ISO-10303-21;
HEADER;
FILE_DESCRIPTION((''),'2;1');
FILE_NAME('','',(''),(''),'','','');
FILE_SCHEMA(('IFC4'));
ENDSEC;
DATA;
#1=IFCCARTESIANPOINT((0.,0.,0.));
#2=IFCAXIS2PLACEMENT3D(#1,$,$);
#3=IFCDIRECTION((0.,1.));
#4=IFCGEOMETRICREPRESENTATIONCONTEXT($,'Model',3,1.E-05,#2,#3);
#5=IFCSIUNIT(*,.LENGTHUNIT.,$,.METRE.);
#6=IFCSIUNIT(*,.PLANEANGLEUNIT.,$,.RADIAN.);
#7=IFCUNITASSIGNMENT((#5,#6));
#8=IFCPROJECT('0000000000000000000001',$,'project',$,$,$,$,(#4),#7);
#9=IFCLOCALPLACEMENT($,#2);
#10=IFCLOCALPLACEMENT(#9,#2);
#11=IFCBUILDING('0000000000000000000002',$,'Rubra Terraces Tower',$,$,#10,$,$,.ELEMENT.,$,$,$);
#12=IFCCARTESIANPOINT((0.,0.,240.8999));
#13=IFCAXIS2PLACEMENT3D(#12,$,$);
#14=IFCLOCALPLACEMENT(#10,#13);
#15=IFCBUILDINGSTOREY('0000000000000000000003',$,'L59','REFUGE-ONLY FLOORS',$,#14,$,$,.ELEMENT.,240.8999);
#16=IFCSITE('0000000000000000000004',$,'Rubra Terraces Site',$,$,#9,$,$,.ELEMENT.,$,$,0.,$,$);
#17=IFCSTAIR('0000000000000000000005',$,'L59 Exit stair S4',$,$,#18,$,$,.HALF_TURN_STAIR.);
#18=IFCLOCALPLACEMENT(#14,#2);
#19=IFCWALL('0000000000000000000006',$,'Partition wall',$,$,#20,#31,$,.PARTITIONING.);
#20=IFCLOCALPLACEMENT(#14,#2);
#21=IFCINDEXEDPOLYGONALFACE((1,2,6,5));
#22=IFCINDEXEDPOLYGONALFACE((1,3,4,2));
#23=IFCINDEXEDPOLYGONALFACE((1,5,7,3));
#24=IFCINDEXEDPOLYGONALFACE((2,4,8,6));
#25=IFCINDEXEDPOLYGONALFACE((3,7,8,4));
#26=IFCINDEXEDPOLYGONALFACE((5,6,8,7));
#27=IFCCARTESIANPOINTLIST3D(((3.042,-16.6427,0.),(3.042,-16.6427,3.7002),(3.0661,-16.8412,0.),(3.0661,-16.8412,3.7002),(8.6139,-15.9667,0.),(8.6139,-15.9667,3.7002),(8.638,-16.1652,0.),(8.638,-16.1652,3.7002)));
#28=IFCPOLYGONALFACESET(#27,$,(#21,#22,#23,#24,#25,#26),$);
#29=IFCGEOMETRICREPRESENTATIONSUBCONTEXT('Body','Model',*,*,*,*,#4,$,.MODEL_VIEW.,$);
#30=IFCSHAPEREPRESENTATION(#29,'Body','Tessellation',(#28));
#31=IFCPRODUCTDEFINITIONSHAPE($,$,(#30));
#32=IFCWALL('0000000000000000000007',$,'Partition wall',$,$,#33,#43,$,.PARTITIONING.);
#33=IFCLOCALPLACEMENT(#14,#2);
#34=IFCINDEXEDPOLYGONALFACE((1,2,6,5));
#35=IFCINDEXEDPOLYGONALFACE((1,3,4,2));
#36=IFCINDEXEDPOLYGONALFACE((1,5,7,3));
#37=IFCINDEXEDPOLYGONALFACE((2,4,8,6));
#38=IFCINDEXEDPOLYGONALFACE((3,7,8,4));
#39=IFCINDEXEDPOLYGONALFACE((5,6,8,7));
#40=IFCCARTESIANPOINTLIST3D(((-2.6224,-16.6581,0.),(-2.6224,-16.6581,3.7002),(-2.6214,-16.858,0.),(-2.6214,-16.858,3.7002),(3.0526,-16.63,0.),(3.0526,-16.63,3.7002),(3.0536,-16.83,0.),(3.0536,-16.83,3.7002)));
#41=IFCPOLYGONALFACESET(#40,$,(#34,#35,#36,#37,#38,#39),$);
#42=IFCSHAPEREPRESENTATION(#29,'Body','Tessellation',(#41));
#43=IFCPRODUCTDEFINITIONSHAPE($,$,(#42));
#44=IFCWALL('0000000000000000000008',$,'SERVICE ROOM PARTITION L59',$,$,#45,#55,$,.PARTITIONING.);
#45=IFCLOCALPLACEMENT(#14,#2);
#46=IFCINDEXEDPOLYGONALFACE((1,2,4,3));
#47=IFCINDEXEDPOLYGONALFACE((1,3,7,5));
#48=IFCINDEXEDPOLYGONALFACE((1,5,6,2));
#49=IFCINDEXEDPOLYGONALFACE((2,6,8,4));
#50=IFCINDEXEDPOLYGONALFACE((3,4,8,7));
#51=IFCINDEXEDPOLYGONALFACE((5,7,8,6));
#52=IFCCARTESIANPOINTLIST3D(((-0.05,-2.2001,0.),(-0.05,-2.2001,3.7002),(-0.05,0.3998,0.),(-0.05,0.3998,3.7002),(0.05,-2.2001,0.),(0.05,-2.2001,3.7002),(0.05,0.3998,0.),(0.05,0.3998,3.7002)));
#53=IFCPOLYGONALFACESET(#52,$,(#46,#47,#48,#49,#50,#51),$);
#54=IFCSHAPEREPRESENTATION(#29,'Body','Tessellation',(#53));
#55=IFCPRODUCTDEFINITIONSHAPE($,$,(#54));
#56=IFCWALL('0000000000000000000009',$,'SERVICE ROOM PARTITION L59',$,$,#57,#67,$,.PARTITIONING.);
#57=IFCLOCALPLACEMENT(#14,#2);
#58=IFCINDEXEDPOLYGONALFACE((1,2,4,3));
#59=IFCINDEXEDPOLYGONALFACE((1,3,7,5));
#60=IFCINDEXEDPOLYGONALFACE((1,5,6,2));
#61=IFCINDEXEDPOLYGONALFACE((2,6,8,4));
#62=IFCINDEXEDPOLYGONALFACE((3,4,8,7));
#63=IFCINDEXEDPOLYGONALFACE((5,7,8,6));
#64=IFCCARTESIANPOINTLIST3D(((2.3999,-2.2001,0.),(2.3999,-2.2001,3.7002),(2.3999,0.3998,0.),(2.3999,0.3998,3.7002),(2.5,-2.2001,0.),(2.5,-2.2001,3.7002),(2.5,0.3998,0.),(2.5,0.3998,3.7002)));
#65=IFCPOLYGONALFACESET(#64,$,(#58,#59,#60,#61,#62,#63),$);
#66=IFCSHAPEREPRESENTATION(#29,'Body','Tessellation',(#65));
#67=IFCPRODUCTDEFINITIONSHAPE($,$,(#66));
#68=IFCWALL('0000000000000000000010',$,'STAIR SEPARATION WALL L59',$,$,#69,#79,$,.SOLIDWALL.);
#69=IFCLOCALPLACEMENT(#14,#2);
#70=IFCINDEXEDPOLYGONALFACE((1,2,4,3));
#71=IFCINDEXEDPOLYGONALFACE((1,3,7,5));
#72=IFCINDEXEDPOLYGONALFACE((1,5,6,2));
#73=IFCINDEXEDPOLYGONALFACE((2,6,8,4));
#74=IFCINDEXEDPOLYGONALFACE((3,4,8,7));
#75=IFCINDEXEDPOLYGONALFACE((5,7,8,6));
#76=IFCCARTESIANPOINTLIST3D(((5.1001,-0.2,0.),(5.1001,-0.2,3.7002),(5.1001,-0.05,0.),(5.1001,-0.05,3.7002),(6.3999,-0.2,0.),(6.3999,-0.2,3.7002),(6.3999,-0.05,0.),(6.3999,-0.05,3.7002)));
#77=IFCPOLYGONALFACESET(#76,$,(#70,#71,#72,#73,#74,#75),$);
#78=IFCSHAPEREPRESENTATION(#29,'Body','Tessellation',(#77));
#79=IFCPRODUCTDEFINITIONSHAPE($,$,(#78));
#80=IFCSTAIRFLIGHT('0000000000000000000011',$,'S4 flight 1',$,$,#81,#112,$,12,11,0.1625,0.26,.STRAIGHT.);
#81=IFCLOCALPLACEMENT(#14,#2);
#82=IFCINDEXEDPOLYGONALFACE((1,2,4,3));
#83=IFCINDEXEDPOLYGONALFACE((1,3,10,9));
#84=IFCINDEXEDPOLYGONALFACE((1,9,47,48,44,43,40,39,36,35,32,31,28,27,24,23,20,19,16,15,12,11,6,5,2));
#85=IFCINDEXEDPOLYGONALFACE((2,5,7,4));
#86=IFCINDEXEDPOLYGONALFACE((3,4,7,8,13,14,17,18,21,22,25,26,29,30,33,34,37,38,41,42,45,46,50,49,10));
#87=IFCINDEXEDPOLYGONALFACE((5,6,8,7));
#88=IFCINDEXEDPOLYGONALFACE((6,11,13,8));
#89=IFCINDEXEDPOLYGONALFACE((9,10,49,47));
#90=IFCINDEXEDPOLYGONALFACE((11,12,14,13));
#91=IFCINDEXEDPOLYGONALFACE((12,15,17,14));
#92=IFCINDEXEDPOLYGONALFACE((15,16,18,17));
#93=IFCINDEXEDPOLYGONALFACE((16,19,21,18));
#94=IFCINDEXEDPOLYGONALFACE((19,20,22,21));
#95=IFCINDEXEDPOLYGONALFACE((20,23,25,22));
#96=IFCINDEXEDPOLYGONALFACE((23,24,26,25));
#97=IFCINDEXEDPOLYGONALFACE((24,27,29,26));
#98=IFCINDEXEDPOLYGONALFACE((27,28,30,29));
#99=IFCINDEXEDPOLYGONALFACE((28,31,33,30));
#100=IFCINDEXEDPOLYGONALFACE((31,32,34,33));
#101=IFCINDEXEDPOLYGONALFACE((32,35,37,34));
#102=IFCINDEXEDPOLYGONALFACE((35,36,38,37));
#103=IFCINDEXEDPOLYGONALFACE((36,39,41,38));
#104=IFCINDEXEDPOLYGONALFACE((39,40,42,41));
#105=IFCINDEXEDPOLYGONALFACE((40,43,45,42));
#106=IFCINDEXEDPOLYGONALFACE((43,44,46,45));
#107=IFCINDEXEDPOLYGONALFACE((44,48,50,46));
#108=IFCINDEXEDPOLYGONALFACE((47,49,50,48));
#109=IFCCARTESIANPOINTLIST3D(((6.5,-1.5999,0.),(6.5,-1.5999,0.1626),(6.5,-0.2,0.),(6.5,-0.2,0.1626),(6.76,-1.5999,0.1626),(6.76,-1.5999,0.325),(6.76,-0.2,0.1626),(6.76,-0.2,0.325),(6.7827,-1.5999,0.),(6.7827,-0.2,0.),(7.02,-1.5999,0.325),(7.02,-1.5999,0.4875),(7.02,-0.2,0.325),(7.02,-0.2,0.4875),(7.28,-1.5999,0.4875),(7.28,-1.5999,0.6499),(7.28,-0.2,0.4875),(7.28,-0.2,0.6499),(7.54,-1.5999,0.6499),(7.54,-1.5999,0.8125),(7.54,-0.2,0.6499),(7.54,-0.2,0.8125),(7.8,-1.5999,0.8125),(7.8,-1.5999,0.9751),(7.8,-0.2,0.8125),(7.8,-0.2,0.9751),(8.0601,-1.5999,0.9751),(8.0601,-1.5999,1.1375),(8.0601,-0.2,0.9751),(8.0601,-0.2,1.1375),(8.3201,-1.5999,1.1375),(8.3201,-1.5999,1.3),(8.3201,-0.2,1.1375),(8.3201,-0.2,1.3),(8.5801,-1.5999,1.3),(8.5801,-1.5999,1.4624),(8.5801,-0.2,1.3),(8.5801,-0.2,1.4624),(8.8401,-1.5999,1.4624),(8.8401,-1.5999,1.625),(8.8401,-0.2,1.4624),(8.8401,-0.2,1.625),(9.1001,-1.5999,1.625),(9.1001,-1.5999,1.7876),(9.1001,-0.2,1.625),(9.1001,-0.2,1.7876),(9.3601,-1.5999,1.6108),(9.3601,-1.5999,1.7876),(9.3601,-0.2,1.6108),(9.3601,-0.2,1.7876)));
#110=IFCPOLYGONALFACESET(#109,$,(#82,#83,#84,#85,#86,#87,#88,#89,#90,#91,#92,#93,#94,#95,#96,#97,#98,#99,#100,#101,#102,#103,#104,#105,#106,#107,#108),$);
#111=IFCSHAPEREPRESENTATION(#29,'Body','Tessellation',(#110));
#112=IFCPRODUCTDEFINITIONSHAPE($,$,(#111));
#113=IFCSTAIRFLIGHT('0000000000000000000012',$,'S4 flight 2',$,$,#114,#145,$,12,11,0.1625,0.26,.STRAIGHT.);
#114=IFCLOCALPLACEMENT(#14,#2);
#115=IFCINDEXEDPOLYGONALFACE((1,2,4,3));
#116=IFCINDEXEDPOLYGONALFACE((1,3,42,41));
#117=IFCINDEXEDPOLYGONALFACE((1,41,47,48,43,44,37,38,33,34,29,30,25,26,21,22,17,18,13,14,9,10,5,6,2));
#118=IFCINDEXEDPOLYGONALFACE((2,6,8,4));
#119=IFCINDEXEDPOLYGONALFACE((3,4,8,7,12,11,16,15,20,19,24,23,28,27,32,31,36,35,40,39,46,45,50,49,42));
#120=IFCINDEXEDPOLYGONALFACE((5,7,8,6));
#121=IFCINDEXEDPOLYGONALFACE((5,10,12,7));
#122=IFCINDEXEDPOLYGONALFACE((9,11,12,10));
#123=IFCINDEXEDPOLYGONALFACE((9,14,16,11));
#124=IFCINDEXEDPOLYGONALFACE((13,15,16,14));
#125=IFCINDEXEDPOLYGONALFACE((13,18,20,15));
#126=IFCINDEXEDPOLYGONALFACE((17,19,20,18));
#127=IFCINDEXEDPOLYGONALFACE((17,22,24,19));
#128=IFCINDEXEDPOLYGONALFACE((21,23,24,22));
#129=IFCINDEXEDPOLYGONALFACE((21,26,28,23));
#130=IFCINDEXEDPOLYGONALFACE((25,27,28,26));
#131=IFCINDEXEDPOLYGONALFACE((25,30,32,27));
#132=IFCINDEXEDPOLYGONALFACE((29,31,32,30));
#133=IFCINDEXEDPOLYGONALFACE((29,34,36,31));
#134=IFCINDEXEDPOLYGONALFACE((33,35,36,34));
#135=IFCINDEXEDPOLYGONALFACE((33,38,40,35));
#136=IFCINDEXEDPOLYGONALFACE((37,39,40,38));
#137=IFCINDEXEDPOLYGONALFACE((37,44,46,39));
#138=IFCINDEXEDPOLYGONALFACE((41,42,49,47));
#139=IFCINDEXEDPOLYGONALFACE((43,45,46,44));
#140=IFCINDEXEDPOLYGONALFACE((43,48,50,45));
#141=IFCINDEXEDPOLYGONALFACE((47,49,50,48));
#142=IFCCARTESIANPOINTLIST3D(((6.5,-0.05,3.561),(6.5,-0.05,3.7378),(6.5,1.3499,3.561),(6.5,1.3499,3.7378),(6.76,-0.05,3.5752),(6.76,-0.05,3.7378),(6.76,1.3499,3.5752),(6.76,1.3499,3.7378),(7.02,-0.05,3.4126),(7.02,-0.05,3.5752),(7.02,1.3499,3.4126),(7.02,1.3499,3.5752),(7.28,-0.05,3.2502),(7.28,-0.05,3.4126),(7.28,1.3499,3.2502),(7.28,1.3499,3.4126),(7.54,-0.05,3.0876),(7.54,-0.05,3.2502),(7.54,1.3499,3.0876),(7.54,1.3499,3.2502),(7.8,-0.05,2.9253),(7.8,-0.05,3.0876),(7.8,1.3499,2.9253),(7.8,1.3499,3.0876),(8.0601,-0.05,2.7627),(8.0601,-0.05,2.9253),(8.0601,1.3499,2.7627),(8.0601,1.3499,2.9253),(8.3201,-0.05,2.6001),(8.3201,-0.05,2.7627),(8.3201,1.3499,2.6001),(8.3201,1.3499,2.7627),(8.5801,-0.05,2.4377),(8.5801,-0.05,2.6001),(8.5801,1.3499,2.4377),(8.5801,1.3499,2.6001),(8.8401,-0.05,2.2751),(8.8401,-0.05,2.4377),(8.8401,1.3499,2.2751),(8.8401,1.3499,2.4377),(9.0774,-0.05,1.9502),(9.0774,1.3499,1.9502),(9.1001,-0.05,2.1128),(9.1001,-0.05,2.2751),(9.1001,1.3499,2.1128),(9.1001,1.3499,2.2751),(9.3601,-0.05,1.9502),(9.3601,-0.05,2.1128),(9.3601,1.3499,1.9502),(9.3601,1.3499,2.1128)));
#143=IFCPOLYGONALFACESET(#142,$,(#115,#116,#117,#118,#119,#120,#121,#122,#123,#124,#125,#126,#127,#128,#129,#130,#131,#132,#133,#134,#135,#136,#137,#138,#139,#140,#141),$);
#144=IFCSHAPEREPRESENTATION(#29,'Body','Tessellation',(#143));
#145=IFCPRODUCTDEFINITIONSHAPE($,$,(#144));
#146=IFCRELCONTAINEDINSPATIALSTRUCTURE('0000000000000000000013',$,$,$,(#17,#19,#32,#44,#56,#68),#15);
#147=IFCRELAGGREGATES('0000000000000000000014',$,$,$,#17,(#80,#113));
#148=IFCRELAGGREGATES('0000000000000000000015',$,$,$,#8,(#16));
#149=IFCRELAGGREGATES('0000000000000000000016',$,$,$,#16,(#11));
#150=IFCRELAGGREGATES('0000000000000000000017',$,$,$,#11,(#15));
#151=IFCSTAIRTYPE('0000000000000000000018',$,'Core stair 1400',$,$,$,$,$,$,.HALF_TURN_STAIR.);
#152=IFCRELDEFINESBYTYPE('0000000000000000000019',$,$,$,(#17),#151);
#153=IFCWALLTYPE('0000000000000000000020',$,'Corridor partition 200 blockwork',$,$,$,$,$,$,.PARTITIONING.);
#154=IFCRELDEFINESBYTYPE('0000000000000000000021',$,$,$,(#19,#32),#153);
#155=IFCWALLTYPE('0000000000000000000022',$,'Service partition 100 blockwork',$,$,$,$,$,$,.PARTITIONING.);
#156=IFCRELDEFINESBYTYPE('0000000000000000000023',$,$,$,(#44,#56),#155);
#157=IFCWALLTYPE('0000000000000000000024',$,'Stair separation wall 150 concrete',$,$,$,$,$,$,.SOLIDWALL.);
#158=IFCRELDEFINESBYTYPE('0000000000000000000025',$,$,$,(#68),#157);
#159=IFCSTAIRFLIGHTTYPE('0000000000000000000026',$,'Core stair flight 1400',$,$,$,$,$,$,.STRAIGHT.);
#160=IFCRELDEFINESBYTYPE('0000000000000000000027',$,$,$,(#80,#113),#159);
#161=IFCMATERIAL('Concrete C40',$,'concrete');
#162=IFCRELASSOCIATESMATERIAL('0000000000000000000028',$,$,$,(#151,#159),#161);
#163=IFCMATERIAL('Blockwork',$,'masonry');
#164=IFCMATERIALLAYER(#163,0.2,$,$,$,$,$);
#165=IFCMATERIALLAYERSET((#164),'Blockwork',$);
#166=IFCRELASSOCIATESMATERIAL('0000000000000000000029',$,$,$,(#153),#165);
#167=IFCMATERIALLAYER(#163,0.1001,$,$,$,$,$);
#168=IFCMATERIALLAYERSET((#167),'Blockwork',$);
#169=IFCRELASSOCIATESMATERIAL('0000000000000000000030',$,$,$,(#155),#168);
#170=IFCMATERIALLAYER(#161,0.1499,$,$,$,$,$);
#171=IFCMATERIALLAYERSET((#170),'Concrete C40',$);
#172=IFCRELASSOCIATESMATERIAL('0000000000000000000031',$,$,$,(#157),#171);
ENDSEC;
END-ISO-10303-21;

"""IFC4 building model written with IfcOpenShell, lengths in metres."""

from ifc_helpers import new_model, si_unit, direction, frame, frame_2d, origin, place, context, subcontext, project, spatial, polyline, rectangle, outline, extrude, material, layer, layer_set, type_object, element, aggregate, save


model = new_model("IFC4")

# Units and contexts
model_context = context("Model", 3, precision=1e-05, world=origin(), true_north=direction((0.0, 1.0)))
body_context = subcontext(model_context, "Body", "Model", "MODEL_VIEW")
ifc_project = project(units=[si_unit("LENGTHUNIT", "METRE"), si_unit("PLANEANGLEUNIT", "RADIAN")], contexts=[model_context])

# Site, building, storey
site_placement = place(None, origin())
site = spatial("IfcSite", under=ifc_project, at=site_placement, Name="Rubra Terraces Site", CompositionType="ELEMENT", RefElevation=0.0)
building_placement = place(site_placement, origin())
building = spatial("IfcBuilding", under=site, at=building_placement, Name="Rubra Terraces Tower", CompositionType="ELEMENT")
storey_placement = place(building_placement, frame((0.0, 0.0, 240.8999)))
storey = spatial("IfcBuildingStorey", under=building, at=storey_placement, Name="L59", Description="REFUGE-ONLY FLOORS", CompositionType="ELEMENT", Elevation=240.8999)

# Shared definitions
ifc_material_1 = material(Name="Concrete C40", Category="concrete")

# Stair
stair_type = type_object("IfcStairType", Name="Core stair 1400", PredefinedType="HALF_TURN_STAIR", material=ifc_material_1)
stair_1_placement = place(storey_placement, origin())
stair_1 = element("IfcStair", 1, at=stair_1_placement, inside=storey, type_object=stair_type, Name="L59 Exit stair S4", PredefinedType="HALF_TURN_STAIR")

# Walls
ifc_material_2 = material(Name="Blockwork", Category="masonry")
ifc_layer_1 = layer(ifc_material_2, 0.2)
ifc_layer_set_1 = layer_set([ifc_layer_1], Name="Blockwork")
wall_type_1 = type_object("IfcWallType", Name="Corridor partition 200 blockwork", PredefinedType="PARTITIONING", material=ifc_layer_set_1)
wall_1_placement = place(storey_placement, frame((8.626, -16.0659, 0.0), z_axis=(0.0, 0.0, 1.0), x_axis=(-0.99272, -0.120442, 0.0)))
element("IfcWall", 2, at=wall_1_placement, inside=storey, type_object=wall_type_1, Name="Partition wall", PredefinedType="PARTITIONING", context=body_context, shape_type="SweptSolid", body=[
    extrude(rectangle(XDim=5.6128, YDim=0.2, at=frame_2d((2.8064, 0.0))), origin(), (0.0, 0.0, 1.0), 3.7002),
])
wall_2_placement = place(storey_placement, frame((3.053, -16.73, 0.0), z_axis=(0.0, 0.0, 1.0), x_axis=(-0.999988, -0.004947, 0.0)))
element("IfcWall", 3, at=wall_2_placement, inside=storey, type_object=wall_type_1, Name="Partition wall", PredefinedType="PARTITIONING", context=body_context, shape_type="SweptSolid", body=[
    extrude(rectangle(XDim=5.675, YDim=0.2, at=frame_2d((2.8374, 0.0))), origin(), (0.0, 0.0, 1.0), 3.7002),
])
ifc_layer_2 = layer(ifc_material_2, 0.1001)
ifc_layer_set_2 = layer_set([ifc_layer_2], Name="Blockwork")
wall_type_2 = type_object("IfcWallType", Name="Service partition 100 blockwork", PredefinedType="PARTITIONING", material=ifc_layer_set_2)
for number, where, z_axis, x_axis, name in (
    (4, (0.0, -2.2, 0.0), (0.0, 0.0, 1.0), (0.0, 1.0, 0.0), "SERVICE ROOM PARTITION L59"),
    (5, (2.45, -2.2, 0.0), (0.0, 0.0, 1.0), (0.0, 1.0, 0.0), "SERVICE ROOM PARTITION L59"),
):
    element("IfcWall", number, at=place(storey_placement, frame(where, z_axis=z_axis, x_axis=x_axis)), inside=storey, type_object=wall_type_2, Name=name, PredefinedType="PARTITIONING", context=body_context, shape_type="SweptSolid", body=[
        extrude(rectangle(XDim=2.5999, YDim=0.1001, at=frame_2d((1.2998, 0.0))), origin(), (0.0, 0.0, 1.0), 3.7002),
    ])
ifc_layer_3 = layer(ifc_material_1, 0.1499)
ifc_layer_set_3 = layer_set([ifc_layer_3], Name="Concrete C40")
wall_type_3 = type_object("IfcWallType", Name="Stair separation wall 150 concrete", PredefinedType="SOLIDWALL", material=ifc_layer_set_3)
wall_3_placement = place(storey_placement, frame((6.3999, -0.125, 0.0), z_axis=(0.0, 0.0, 1.0), x_axis=(-1.0, 0.0, 0.0)))
element("IfcWall", 6, at=wall_3_placement, inside=storey, type_object=wall_type_3, Name="STAIR SEPARATION WALL L59", PredefinedType="SOLIDWALL", context=body_context, shape_type="SweptSolid", body=[
    extrude(rectangle(XDim=1.2998, YDim=0.1499, at=frame_2d((0.6499, 0.0))), origin(), (0.0, 0.0, 1.0), 3.7002),
])

# Stair flights
stair_flight_type = type_object("IfcStairFlightType", Name="Core stair flight 1400", PredefinedType="STRAIGHT", material=ifc_material_1)
stair_flight_1_placement = place(storey_placement, frame((6.5, -0.8999, 0.0), z_axis=(0.0, 0.0, 1.0), x_axis=(1.0, 0.0, 0.0)))
stair_flight_1 = element("IfcStairFlight", 7, at=stair_flight_1_placement, type_object=stair_flight_type, Name="S4 flight 1", NumberOfRisers=12, NumberOfTreads=11, PredefinedType="STRAIGHT", RiserHeight=0.1625, TreadLength=0.26, context=body_context, shape_type="SweptSolid", body=[
    extrude(outline(polyline([(0.0, 0.0), (0.0, 0.1626), (0.26, 0.1626), (0.26, 0.325), (0.52, 0.325), (0.52, 0.4875), (0.78, 0.4875), (0.78, 0.6499), (1.04, 0.6499), (1.04, 0.8125), (1.3, 0.8125), (1.3, 0.9751), (1.5601, 0.9751), (1.5601, 1.1375), (1.8201, 1.1375), (1.8201, 1.3), (2.0801, 1.3), (2.0801, 1.4624), (2.3401, 1.4624), (2.3401, 1.625), (2.6001, 1.625), (2.6001, 1.7876), (2.8601, 1.7876), (2.8601, 1.95), (2.8601, 1.6108), (0.2827, 0.0), (0.0, 0.0)])), frame((0.0, 0.7, 0.0), z_axis=(0.0, -1.0, 0.0), x_axis=(1.0, 0.0, 0.0)), (0.0, 0.0, 1.0), 1.3999),
])
stair_flight_2_placement = place(storey_placement, frame((9.3601, 0.6499, 1.9502), z_axis=(0.0, 0.0, 1.0), x_axis=(-1.0, 0.0, 0.0)))
stair_flight_2 = element("IfcStairFlight", 8, at=stair_flight_2_placement, type_object=stair_flight_type, Name="S4 flight 2", NumberOfRisers=12, NumberOfTreads=11, PredefinedType="STRAIGHT", RiserHeight=0.1625, TreadLength=0.26, context=body_context, shape_type="SweptSolid", body=[
    extrude(outline(polyline([(0.0, 0.0), (0.0, 0.1626), (0.26, 0.1626), (0.26, 0.325), (0.52, 0.325), (0.52, 0.4875), (0.78, 0.4875), (0.78, 0.6499), (1.04, 0.6499), (1.04, 0.8125), (1.3, 0.8125), (1.3, 0.9751), (1.5601, 0.9751), (1.5601, 1.1375), (1.8201, 1.1375), (1.8201, 1.3), (2.0801, 1.3), (2.0801, 1.4624), (2.3401, 1.4624), (2.3401, 1.625), (2.6001, 1.625), (2.6001, 1.7876), (2.8601, 1.7876), (2.8601, 1.95), (2.8601, 1.6108), (0.2827, 0.0), (0.0, 0.0)])), frame((0.0, 0.7, 0.0), z_axis=(0.0, -1.0, 0.0), x_axis=(1.0, 0.0, 0.0)), (0.0, 0.0, 1.0), 1.3999),
])
aggregate(stair_1, [stair_flight_1, stair_flight_2])

save(model, "model.ifc")
